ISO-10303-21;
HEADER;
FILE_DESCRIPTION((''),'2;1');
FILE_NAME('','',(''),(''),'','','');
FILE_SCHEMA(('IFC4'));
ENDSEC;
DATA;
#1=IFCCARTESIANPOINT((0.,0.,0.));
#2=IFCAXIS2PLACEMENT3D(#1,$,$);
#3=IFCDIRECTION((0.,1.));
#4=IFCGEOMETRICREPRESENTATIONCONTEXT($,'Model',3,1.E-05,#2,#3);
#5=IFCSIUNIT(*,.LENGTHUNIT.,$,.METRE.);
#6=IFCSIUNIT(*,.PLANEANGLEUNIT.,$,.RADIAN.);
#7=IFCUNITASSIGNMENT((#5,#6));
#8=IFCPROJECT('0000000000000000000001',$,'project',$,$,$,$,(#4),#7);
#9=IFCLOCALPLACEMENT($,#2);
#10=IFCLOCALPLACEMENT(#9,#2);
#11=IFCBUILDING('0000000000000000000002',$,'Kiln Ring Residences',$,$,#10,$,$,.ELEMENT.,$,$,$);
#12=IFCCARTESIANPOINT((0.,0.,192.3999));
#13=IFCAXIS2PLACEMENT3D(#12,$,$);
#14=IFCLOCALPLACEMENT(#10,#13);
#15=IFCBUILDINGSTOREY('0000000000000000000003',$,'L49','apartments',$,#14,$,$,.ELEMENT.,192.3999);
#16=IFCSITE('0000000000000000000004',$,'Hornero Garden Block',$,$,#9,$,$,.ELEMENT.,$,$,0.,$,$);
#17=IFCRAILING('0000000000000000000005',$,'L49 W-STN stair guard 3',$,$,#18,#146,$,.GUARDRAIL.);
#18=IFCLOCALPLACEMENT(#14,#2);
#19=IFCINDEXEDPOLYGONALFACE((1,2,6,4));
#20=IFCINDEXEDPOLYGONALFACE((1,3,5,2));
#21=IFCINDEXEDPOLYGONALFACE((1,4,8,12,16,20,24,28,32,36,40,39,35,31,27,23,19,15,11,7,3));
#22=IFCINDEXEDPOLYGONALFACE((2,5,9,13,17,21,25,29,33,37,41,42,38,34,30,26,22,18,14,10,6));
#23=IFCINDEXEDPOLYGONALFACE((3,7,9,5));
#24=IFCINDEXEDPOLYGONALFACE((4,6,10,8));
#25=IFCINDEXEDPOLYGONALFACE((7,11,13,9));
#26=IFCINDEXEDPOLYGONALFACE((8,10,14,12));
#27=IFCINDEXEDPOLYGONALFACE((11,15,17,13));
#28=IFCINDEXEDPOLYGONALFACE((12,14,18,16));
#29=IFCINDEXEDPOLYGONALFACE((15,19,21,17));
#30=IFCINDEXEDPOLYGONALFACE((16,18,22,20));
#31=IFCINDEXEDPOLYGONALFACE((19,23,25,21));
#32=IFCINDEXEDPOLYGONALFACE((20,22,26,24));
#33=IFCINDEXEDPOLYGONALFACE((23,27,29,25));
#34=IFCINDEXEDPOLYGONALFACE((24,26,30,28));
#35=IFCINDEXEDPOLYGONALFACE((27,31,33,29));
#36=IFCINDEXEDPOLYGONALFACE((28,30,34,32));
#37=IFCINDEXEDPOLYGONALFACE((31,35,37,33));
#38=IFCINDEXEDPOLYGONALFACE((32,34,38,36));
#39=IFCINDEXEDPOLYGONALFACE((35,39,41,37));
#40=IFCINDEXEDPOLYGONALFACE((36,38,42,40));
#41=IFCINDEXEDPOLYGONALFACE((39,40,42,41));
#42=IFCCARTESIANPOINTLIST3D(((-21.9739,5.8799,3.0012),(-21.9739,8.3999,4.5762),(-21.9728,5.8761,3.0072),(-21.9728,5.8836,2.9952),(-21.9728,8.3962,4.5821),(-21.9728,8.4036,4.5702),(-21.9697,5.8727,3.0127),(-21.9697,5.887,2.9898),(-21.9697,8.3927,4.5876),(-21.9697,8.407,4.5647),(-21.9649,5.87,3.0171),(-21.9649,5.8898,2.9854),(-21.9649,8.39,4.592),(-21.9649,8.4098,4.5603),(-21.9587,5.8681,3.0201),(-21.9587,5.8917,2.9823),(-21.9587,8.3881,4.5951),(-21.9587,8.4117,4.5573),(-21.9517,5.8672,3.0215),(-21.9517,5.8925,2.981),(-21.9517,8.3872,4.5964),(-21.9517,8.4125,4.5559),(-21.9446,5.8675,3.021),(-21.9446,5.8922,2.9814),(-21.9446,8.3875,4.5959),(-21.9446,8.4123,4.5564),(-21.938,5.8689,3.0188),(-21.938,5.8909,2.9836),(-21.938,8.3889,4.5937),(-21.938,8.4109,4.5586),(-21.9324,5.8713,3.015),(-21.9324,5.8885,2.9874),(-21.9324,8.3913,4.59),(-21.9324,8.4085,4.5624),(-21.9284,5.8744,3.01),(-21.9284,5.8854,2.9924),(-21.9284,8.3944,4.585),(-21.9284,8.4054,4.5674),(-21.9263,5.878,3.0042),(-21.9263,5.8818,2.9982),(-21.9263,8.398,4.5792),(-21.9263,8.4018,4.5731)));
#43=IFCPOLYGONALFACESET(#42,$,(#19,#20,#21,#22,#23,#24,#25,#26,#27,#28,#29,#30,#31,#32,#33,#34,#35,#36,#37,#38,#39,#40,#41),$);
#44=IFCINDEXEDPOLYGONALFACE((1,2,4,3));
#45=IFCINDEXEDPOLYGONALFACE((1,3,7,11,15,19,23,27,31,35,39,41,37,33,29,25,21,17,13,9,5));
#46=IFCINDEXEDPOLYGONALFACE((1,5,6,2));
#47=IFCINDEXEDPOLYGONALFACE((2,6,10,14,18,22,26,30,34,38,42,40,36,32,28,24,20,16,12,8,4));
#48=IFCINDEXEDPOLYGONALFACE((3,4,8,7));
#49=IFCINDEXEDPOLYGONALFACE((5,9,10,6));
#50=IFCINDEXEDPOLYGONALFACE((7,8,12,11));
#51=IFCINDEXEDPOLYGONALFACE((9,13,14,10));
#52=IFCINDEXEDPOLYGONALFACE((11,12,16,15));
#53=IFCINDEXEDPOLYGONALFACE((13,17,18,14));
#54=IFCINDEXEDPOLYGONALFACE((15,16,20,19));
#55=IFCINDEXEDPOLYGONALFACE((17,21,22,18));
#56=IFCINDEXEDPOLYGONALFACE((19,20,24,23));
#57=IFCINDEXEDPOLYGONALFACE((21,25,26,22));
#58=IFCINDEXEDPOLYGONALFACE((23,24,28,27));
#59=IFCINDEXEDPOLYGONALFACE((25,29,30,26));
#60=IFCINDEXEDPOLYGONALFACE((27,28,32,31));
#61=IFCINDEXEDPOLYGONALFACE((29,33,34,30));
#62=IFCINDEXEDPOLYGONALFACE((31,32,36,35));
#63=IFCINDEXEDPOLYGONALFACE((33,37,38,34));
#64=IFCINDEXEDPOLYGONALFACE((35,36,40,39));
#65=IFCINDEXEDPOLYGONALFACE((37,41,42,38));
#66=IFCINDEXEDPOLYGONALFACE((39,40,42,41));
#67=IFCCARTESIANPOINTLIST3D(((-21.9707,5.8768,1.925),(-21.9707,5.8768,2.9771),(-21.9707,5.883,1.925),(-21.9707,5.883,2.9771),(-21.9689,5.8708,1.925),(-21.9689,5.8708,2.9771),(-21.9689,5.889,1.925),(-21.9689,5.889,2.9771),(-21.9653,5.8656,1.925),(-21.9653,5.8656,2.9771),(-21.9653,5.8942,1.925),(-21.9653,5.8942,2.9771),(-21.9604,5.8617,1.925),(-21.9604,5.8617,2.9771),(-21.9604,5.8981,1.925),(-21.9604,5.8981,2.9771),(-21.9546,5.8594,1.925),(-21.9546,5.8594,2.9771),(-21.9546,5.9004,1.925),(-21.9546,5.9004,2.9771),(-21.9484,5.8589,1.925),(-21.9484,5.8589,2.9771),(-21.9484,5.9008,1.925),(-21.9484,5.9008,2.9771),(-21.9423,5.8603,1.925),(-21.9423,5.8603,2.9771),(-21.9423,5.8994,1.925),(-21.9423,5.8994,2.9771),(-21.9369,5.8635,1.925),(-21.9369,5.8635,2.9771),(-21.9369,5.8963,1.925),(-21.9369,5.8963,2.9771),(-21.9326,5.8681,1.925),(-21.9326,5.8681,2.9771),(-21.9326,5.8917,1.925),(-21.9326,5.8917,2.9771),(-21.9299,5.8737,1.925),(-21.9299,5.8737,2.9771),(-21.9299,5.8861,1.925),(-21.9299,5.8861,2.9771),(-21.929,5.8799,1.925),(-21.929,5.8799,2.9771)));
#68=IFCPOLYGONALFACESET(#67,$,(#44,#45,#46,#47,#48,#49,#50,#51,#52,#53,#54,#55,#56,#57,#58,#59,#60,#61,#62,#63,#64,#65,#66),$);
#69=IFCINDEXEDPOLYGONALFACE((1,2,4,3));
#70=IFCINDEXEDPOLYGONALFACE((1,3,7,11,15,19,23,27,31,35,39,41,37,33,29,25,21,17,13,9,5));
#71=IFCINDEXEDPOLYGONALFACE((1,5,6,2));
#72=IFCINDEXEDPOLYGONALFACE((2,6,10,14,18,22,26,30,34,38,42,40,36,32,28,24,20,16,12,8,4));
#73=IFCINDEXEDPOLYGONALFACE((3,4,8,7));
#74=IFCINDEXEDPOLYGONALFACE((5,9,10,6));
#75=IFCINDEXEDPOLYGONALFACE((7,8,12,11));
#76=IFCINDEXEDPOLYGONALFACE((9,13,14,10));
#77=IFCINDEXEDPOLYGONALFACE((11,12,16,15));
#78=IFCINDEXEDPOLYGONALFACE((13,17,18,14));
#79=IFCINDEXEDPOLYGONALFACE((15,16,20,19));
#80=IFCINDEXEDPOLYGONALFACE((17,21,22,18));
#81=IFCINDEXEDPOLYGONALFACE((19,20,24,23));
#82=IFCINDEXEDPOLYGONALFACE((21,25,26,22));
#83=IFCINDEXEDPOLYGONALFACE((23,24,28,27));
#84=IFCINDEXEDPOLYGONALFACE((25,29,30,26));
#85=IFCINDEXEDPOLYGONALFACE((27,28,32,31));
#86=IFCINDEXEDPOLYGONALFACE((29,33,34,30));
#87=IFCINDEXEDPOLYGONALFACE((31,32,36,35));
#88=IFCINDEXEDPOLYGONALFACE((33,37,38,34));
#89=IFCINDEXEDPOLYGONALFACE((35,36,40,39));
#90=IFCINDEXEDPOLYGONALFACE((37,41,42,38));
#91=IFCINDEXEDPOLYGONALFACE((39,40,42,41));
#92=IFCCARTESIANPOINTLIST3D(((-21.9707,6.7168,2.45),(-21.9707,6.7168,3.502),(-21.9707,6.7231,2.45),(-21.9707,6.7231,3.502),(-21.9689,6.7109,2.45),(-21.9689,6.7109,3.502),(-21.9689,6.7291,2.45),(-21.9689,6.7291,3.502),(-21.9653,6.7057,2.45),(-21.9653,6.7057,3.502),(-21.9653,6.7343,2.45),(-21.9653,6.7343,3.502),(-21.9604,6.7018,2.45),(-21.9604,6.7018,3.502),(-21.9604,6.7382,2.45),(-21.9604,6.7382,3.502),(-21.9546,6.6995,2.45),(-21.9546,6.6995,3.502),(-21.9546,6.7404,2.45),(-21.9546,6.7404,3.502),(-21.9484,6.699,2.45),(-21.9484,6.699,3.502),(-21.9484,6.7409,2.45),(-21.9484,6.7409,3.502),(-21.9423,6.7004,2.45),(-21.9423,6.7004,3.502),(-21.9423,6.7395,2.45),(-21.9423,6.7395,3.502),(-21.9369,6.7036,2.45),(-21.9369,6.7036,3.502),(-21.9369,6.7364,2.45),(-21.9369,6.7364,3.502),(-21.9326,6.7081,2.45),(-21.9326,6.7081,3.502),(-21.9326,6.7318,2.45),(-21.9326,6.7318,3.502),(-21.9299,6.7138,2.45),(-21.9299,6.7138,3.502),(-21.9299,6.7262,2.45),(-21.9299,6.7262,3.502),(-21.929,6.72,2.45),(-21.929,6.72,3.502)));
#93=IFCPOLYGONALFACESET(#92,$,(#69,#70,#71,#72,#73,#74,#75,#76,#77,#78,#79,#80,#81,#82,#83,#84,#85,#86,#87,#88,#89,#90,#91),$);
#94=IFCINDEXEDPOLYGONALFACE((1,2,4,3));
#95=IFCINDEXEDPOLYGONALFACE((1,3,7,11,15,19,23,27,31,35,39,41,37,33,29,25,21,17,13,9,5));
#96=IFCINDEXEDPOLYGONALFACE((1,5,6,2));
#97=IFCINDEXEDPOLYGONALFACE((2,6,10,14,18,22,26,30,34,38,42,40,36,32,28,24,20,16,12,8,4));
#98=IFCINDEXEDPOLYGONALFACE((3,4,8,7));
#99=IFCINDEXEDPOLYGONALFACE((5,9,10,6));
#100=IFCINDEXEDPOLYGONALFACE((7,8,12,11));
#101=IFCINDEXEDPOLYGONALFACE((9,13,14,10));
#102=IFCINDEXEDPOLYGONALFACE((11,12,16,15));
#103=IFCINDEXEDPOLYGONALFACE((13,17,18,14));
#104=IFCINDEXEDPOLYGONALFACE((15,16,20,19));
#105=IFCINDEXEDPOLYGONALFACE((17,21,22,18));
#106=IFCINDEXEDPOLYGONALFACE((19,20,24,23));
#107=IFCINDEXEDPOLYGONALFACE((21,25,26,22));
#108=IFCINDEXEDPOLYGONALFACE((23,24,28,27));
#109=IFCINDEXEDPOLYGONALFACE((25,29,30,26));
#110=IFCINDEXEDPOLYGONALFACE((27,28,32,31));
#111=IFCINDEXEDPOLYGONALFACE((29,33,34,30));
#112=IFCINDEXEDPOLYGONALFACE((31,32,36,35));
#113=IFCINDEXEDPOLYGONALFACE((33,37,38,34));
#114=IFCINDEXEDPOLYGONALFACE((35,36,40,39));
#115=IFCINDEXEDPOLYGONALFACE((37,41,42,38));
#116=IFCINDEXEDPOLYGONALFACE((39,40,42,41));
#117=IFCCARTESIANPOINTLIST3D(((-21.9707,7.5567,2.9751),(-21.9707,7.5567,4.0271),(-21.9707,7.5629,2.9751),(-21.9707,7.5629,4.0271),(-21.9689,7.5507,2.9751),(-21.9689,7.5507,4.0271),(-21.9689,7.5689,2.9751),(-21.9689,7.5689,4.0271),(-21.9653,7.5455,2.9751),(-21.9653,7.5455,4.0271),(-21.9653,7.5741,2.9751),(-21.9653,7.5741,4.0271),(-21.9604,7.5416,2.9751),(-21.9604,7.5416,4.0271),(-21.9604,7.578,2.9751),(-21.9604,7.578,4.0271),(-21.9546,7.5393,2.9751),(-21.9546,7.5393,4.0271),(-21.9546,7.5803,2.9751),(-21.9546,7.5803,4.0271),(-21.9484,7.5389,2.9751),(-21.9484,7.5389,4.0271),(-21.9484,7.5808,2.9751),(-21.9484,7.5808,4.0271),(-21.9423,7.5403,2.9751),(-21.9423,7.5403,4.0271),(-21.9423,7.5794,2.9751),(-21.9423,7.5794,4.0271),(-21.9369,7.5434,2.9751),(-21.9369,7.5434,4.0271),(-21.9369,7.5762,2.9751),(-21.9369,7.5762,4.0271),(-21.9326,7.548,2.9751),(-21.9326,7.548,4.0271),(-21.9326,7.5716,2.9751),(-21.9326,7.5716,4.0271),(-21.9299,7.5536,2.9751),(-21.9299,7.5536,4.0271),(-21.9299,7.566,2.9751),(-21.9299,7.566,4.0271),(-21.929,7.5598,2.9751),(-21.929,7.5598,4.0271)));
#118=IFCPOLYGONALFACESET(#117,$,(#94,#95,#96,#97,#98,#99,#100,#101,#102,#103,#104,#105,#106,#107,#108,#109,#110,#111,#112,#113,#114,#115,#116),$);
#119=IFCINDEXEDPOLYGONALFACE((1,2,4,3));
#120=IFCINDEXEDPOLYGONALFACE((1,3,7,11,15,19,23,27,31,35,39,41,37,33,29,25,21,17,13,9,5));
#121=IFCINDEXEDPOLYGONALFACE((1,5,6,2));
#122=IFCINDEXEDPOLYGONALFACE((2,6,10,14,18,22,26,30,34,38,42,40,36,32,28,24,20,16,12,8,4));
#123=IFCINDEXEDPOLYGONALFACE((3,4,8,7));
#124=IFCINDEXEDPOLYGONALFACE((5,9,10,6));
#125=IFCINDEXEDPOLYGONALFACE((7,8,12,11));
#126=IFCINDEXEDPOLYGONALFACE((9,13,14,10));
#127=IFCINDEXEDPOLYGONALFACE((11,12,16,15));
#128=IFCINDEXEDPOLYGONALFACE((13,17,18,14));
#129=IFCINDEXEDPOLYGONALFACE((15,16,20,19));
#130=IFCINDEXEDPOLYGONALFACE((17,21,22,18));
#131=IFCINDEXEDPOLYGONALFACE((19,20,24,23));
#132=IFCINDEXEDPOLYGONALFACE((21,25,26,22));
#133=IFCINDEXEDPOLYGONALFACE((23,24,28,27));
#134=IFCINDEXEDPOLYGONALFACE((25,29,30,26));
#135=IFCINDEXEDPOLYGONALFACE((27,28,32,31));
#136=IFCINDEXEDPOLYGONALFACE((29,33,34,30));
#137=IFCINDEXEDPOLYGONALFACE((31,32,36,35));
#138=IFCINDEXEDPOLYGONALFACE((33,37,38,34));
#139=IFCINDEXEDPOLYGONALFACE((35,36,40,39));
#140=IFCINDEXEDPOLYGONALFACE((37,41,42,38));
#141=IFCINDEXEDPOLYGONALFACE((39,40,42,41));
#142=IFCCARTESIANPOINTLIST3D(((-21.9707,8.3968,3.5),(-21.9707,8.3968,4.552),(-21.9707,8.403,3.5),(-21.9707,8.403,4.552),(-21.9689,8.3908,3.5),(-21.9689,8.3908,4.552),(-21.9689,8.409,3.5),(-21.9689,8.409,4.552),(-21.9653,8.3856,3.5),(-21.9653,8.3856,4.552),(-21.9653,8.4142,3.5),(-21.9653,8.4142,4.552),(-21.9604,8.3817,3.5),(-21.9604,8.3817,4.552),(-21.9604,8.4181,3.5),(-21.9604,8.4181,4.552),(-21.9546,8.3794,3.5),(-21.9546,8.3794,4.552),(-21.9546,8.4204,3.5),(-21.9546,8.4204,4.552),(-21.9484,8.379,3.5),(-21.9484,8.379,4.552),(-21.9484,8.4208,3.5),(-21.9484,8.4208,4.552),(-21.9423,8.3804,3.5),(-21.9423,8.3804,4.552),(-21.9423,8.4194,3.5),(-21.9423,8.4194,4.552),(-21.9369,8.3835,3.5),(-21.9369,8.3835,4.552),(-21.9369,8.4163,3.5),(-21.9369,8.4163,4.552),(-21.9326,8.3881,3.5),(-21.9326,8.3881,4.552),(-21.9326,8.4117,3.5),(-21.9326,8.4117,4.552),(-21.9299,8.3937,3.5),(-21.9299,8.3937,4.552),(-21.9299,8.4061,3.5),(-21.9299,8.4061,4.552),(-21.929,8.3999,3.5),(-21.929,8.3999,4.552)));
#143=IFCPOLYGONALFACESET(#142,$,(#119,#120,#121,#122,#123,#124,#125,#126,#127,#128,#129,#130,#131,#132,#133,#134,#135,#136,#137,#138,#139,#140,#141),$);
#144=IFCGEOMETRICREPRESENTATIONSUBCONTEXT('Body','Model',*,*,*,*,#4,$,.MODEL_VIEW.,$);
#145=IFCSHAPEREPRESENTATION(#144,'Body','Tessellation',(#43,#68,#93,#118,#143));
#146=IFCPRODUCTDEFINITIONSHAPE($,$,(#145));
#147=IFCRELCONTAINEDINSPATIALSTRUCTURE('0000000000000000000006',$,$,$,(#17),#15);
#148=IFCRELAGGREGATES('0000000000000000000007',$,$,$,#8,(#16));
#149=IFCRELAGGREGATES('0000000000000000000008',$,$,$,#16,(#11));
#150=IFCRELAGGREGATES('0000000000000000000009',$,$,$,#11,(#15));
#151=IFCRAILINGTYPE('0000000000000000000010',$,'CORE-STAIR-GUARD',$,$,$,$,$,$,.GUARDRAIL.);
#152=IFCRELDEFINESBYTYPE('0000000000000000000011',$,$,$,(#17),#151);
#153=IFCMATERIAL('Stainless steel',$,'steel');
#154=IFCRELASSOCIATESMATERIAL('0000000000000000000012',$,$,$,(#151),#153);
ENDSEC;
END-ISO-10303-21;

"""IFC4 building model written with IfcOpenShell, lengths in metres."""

from ifc_helpers import new_model, si_unit, direction, frame, origin, origin_2d, place, context, subcontext, project, spatial, circle, extrude, material, type_object, element, save


model = new_model("IFC4")

# Units and contexts
model_context = context("Model", 3, precision=1e-05, world=origin(), true_north=direction((0.0, 1.0)))
body_context = subcontext(model_context, "Body", "Model", "MODEL_VIEW")
ifc_project = project(units=[si_unit("LENGTHUNIT", "METRE"), si_unit("PLANEANGLEUNIT", "RADIAN")], contexts=[model_context])

# Site, building, storey
site_placement = place(None, origin())
site = spatial("IfcSite", under=ifc_project, at=site_placement, Name="Hornero Garden Block", CompositionType="ELEMENT", RefElevation=0.0)
building_placement = place(site_placement, origin())
building = spatial("IfcBuilding", under=site, at=building_placement, Name="Kiln Ring Residences", CompositionType="ELEMENT")
storey_placement = place(building_placement, frame((0.0, 0.0, 192.3999)))
storey = spatial("IfcBuildingStorey", under=building, at=storey_placement, Name="L49", Description="apartments", CompositionType="ELEMENT", Elevation=192.3999)

# Railing
ifc_material_1 = material(Name="Stainless steel", Category="steel")
railing_type_1 = type_object("IfcRailingType", Name="CORE-STAIR-GUARD", PredefinedType="GUARDRAIL", material=ifc_material_1)
railing_1_placement = place(storey_placement, frame((-21.95, 5.8799, 1.925)))
element("IfcRailing", 1, at=railing_1_placement, inside=storey, type_object=railing_type_1, Name="L49 W-STN stair guard 3", PredefinedType="GUARDRAIL", context=body_context, shape_type="SweptSolid", body=[
    extrude(circle(Radius=0.0239, at=origin_2d()), frame((0.0, 0.0, 1.0762), z_axis=(0.0, 0.848008, 0.529984), x_axis=(-1.0, 0.0, 0.0)), (0.0, 0.0, 1.0), 2.9717),
    extrude(circle(Radius=0.021, at=origin_2d()), origin(), (0.0, 0.0, 1.0), 1.052),
    extrude(circle(Radius=0.021, at=origin_2d()), frame((0.0, 0.8401, 0.5249)), (0.0, 0.0, 1.0), 1.052),
    extrude(circle(Radius=0.021, at=origin_2d()), frame((0.0, 1.6799, 1.05)), (0.0, 0.0, 1.0), 1.052),
    extrude(circle(Radius=0.021, at=origin_2d()), frame((0.0, 2.52, 1.575)), (0.0, 0.0, 1.0), 1.052),
])

save(model, "model.ifc")
